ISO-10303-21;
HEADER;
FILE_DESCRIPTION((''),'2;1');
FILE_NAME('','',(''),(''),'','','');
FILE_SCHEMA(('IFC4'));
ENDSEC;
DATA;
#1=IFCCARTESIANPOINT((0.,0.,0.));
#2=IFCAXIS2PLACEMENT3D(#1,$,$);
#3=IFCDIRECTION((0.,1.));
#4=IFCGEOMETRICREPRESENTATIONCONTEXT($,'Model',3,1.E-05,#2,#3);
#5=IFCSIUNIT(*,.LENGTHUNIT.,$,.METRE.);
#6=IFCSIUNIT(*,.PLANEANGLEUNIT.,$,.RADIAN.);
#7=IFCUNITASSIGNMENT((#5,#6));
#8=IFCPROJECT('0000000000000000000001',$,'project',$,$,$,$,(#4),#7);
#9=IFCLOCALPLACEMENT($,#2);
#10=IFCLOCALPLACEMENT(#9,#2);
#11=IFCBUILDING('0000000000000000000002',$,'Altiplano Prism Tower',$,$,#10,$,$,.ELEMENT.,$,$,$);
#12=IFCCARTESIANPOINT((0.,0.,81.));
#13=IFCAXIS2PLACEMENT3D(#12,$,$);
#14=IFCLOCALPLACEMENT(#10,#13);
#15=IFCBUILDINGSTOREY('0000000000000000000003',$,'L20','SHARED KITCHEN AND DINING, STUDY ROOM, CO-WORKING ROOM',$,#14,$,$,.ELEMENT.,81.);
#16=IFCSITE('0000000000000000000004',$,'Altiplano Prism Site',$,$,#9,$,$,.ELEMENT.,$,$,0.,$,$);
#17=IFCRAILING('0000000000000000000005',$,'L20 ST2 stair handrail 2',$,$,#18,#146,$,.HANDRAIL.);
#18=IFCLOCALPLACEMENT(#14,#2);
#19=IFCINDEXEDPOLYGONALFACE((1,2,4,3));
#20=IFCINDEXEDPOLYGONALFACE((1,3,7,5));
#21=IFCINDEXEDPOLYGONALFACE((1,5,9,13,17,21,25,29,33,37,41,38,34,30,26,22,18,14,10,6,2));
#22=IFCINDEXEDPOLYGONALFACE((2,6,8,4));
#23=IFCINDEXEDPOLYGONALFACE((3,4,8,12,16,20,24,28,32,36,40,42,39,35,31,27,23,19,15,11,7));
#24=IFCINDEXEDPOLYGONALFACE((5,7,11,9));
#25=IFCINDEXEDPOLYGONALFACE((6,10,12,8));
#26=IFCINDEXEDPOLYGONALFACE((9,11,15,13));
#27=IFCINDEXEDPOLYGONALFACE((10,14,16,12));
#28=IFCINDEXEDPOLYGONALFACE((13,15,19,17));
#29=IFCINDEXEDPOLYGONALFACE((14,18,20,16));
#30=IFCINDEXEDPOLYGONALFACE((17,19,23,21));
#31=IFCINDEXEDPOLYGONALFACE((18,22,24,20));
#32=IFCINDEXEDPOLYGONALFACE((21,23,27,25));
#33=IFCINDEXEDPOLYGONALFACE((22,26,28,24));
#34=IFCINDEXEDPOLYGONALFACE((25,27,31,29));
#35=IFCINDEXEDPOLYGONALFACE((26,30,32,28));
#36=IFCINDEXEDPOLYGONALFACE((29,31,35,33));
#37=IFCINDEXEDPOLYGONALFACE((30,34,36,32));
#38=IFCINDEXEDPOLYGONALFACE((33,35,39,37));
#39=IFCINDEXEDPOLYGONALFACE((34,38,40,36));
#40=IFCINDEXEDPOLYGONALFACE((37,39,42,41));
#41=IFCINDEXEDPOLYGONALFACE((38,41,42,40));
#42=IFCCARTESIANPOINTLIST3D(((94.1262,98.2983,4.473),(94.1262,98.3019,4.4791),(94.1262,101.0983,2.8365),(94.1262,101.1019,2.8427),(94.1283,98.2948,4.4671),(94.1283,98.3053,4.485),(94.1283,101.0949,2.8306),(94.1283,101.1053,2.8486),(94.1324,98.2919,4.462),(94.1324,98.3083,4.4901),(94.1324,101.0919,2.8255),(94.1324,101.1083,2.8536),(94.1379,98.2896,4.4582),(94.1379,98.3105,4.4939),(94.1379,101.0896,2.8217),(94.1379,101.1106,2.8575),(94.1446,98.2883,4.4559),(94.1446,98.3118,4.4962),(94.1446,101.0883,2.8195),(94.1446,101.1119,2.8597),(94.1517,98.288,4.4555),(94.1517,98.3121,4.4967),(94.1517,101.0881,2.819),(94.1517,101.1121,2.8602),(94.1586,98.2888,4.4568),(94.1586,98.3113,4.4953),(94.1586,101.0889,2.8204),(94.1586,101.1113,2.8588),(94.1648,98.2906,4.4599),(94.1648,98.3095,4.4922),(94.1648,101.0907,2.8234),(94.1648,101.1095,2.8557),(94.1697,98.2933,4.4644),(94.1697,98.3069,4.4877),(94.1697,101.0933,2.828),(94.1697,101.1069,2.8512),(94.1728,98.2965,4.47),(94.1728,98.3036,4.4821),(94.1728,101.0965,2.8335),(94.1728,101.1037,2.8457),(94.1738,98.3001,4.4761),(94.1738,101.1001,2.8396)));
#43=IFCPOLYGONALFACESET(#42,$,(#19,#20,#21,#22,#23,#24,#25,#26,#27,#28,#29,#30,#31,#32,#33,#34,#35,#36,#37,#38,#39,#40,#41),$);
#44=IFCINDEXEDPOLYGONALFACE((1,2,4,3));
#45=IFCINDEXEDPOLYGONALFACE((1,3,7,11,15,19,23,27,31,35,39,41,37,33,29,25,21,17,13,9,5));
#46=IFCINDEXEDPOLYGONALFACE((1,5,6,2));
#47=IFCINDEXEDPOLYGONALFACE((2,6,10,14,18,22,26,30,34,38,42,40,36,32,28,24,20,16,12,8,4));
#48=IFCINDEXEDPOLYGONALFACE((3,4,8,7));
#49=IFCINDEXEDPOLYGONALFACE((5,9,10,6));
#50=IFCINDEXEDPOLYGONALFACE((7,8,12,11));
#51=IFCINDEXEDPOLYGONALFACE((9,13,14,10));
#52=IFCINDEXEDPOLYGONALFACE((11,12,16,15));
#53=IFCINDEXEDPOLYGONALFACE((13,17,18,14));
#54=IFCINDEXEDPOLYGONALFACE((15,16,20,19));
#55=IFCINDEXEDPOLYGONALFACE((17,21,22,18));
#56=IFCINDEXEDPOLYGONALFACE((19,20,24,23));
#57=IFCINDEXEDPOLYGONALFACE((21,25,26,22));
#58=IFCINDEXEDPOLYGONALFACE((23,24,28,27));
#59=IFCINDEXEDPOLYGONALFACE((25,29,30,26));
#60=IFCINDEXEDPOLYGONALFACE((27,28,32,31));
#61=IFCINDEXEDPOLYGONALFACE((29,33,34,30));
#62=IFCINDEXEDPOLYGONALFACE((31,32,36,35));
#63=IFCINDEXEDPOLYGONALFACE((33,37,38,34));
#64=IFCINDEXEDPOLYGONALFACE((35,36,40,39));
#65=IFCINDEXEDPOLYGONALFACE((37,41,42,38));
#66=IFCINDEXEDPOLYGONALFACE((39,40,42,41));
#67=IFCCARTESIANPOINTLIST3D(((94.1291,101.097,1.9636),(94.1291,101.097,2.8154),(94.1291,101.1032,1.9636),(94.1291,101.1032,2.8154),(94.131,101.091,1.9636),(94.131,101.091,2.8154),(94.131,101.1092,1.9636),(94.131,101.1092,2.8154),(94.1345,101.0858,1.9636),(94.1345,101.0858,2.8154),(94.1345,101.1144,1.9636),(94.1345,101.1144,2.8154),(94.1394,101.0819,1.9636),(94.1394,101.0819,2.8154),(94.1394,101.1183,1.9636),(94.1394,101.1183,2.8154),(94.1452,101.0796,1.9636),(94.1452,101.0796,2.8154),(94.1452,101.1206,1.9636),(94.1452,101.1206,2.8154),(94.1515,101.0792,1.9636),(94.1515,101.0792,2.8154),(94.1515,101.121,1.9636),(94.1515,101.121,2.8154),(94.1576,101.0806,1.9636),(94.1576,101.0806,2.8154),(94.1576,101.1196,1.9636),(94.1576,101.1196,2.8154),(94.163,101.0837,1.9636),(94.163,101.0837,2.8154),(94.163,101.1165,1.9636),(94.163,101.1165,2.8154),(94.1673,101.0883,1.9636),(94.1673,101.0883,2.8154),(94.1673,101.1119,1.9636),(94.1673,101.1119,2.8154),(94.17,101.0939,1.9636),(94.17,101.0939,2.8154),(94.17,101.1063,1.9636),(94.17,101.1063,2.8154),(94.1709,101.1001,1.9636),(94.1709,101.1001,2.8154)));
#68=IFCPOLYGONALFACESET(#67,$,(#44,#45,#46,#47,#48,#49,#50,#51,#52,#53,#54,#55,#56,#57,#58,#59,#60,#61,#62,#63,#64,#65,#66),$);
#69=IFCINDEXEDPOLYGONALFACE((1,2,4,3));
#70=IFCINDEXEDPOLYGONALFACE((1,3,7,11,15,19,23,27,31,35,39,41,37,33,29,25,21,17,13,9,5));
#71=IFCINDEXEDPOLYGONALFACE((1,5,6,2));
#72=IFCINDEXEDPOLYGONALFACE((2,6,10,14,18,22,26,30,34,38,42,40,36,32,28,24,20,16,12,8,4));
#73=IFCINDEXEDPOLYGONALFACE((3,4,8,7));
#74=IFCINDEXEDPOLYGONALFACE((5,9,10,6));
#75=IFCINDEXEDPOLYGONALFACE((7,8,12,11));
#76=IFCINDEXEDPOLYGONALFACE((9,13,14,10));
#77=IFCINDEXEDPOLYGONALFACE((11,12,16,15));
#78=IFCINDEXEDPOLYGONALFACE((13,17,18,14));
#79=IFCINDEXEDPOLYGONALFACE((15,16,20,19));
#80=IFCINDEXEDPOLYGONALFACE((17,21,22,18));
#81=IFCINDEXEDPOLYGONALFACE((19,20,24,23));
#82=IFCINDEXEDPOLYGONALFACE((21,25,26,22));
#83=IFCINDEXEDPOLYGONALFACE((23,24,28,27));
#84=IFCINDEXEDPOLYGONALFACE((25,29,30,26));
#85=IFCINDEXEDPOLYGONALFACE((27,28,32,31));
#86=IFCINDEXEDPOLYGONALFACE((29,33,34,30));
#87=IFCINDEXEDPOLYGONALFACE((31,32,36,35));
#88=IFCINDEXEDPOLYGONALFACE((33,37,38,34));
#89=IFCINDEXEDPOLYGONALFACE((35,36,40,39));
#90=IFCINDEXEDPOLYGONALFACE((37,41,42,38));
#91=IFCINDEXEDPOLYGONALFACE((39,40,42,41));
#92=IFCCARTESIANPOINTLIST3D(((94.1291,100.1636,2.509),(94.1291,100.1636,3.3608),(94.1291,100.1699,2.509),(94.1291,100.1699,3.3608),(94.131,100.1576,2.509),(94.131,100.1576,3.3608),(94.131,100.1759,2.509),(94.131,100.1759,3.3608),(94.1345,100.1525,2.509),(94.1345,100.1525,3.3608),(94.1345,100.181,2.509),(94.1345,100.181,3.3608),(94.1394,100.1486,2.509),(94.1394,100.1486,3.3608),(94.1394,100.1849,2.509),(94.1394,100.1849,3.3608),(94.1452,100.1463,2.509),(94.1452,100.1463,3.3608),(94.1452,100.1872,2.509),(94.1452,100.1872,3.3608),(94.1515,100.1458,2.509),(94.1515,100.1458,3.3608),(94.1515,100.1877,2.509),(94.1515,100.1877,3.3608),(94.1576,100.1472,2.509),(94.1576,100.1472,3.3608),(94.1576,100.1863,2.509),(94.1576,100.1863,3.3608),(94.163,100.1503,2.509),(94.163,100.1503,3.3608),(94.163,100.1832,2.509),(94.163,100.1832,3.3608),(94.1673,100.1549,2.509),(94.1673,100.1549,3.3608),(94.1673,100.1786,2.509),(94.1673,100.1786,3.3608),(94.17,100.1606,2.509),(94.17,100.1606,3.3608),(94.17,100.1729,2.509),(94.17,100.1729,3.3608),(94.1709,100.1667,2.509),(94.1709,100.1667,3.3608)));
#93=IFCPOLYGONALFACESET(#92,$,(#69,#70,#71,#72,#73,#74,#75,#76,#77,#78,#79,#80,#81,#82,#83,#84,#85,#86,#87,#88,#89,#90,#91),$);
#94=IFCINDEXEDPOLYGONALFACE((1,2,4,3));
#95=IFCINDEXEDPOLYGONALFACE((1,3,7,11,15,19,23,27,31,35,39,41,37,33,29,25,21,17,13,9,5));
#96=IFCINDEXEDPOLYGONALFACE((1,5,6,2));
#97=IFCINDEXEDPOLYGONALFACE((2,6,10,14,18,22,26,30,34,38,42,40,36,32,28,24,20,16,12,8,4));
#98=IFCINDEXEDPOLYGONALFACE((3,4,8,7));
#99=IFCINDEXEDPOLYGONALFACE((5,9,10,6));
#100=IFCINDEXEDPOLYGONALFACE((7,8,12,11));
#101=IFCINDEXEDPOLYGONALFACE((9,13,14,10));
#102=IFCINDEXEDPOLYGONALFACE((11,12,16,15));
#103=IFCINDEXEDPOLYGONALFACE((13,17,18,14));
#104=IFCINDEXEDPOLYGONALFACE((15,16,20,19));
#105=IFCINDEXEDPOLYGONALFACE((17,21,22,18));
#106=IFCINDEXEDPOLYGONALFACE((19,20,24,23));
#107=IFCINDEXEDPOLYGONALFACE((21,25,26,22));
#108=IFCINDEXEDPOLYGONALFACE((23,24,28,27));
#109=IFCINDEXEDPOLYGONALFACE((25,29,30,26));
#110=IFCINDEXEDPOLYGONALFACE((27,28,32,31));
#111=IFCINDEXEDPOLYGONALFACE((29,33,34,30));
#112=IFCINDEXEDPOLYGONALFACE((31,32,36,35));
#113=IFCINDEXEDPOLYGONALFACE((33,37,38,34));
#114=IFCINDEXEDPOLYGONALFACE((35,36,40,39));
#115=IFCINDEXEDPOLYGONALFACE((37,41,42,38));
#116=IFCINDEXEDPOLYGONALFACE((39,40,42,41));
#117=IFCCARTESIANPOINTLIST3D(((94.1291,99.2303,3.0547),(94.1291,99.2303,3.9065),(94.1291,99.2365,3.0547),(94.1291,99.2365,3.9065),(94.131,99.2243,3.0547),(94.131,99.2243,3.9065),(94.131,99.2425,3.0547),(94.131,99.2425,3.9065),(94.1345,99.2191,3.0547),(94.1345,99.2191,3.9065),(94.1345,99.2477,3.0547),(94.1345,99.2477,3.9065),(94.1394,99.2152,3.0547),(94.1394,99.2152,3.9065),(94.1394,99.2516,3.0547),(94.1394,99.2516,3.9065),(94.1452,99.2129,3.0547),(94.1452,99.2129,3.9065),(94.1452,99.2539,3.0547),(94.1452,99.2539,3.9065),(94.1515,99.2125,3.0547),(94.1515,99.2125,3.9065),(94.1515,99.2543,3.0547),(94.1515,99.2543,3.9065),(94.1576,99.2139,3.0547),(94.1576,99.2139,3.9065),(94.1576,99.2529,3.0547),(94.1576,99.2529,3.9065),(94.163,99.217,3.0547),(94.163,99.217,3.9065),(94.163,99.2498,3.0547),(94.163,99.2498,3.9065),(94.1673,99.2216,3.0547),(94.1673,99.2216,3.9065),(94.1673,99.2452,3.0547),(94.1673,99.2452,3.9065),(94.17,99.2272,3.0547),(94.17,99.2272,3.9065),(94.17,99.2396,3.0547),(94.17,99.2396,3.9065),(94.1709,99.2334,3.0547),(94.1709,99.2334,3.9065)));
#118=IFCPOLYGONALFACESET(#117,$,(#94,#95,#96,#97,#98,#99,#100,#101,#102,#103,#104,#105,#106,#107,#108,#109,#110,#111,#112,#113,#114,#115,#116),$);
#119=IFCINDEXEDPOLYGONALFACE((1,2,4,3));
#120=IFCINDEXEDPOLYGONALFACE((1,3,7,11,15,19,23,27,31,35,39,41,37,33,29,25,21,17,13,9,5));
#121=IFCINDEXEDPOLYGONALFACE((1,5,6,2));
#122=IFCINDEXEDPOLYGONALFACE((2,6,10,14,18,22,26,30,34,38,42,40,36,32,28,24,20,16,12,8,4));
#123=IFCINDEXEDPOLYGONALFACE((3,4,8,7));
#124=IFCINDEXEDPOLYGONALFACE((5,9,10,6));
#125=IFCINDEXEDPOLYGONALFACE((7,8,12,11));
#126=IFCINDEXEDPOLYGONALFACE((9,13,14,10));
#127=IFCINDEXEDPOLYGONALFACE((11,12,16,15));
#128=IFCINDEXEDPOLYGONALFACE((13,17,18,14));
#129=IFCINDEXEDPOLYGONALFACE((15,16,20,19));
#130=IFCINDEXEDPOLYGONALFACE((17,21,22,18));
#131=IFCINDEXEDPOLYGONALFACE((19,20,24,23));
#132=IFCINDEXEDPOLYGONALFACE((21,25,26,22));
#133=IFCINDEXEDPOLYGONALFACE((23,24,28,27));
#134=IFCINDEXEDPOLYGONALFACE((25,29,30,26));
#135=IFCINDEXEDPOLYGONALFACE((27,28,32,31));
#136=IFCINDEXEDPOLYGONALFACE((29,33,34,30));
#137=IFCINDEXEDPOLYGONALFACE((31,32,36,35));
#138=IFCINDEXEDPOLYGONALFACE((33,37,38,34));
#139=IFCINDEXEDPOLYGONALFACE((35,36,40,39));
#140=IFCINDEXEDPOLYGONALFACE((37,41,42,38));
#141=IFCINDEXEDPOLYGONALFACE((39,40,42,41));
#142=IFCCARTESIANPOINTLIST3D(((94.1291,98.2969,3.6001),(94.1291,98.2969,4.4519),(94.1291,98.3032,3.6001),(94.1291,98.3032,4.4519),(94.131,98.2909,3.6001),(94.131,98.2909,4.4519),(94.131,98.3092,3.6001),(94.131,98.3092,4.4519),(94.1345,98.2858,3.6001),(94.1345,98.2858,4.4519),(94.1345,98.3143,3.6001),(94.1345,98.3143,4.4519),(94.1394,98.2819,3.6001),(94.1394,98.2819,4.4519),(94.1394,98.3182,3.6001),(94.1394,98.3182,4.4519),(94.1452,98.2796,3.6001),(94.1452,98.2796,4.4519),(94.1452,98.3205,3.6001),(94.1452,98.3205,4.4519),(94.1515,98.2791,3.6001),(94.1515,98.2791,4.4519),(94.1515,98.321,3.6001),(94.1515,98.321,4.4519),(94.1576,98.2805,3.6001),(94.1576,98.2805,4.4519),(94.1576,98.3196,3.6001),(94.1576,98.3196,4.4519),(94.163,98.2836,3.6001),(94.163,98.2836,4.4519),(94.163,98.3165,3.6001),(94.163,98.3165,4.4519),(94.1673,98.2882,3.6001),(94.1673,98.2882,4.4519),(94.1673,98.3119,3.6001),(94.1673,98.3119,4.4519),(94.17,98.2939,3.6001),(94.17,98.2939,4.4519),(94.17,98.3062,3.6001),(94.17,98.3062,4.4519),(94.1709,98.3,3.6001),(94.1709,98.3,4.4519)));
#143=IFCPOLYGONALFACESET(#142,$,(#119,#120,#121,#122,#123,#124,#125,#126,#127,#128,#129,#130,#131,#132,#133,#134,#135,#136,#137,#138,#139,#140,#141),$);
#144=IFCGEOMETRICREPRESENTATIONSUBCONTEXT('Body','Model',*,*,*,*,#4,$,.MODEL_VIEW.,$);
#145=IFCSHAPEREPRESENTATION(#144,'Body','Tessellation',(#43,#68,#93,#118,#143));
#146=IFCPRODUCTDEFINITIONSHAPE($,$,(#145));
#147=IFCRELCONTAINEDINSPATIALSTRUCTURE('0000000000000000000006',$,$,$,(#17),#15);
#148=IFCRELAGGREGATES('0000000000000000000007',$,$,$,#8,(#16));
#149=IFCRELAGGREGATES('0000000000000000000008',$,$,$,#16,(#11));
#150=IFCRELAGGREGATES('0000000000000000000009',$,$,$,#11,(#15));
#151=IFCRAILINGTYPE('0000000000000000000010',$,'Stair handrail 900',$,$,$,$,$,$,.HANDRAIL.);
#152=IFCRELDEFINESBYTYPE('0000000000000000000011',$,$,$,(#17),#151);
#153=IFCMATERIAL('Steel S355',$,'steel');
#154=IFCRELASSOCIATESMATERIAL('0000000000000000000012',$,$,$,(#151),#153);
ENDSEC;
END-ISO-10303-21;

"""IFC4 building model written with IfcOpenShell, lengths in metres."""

from ifc_helpers import new_model, si_unit, direction, frame, origin, origin_2d, place, context, subcontext, project, spatial, circle, extrude, material, type_object, element, save


model = new_model("IFC4")

# Units and contexts
model_context = context("Model", 3, precision=1e-05, world=origin(), true_north=direction((0.0, 1.0)))
body_context = subcontext(model_context, "Body", "Model", "MODEL_VIEW")
ifc_project = project(units=[si_unit("LENGTHUNIT", "METRE"), si_unit("PLANEANGLEUNIT", "RADIAN")], contexts=[model_context])

# Site, building, storey
site_placement = place(None, origin())
site = spatial("IfcSite", under=ifc_project, at=site_placement, Name="Altiplano Prism Site", CompositionType="ELEMENT", RefElevation=0.0)
building_placement = place(site_placement, origin())
building = spatial("IfcBuilding", under=site, at=building_placement, Name="Altiplano Prism Tower", CompositionType="ELEMENT")
storey_placement = place(building_placement, frame((0.0, 0.0, 81.0)))
storey = spatial("IfcBuildingStorey", under=building, at=storey_placement, Name="L20", Description="SHARED KITCHEN AND DINING, STUDY ROOM, CO-WORKING ROOM", CompositionType="ELEMENT", Elevation=81.0)

# Railing
ifc_material_1 = material(Name="Steel S355", Category="steel")
railing_type_1 = type_object("IfcRailingType", Name="Stair handrail 900", PredefinedType="HANDRAIL", material=ifc_material_1)
railing_1_placement = place(storey_placement, frame((94.1499, 101.1001, 1.9636)))
element("IfcRailing", 1, at=railing_1_placement, inside=storey, type_object=railing_type_1, Name="L20 ST2 stair handrail 2", PredefinedType="HANDRAIL", context=body_context, shape_type="SweptSolid", body=[
    extrude(circle(Radius=0.0239, at=origin_2d()), frame((0.0, 0.0, 0.876), z_axis=(0.0, -0.863361, 0.504587), x_axis=(1.0, 0.0, 0.0)), (0.0, 0.0, 1.0), 3.2432),
    extrude(circle(Radius=0.021, at=origin_2d()), origin(), (0.0, 0.0, 1.0), 0.8518),
    extrude(circle(Radius=0.021, at=origin_2d()), frame((0.0, -0.9333, 0.5454)), (0.0, 0.0, 1.0), 0.8518),
    extrude(circle(Radius=0.021, at=origin_2d()), frame((0.0, -1.8667, 1.0911)), (0.0, 0.0, 1.0), 0.8518),
    extrude(circle(Radius=0.021, at=origin_2d()), frame((0.0, -2.8, 1.6365)), (0.0, 0.0, 1.0), 0.8518),
])

save(model, "model.ifc")
